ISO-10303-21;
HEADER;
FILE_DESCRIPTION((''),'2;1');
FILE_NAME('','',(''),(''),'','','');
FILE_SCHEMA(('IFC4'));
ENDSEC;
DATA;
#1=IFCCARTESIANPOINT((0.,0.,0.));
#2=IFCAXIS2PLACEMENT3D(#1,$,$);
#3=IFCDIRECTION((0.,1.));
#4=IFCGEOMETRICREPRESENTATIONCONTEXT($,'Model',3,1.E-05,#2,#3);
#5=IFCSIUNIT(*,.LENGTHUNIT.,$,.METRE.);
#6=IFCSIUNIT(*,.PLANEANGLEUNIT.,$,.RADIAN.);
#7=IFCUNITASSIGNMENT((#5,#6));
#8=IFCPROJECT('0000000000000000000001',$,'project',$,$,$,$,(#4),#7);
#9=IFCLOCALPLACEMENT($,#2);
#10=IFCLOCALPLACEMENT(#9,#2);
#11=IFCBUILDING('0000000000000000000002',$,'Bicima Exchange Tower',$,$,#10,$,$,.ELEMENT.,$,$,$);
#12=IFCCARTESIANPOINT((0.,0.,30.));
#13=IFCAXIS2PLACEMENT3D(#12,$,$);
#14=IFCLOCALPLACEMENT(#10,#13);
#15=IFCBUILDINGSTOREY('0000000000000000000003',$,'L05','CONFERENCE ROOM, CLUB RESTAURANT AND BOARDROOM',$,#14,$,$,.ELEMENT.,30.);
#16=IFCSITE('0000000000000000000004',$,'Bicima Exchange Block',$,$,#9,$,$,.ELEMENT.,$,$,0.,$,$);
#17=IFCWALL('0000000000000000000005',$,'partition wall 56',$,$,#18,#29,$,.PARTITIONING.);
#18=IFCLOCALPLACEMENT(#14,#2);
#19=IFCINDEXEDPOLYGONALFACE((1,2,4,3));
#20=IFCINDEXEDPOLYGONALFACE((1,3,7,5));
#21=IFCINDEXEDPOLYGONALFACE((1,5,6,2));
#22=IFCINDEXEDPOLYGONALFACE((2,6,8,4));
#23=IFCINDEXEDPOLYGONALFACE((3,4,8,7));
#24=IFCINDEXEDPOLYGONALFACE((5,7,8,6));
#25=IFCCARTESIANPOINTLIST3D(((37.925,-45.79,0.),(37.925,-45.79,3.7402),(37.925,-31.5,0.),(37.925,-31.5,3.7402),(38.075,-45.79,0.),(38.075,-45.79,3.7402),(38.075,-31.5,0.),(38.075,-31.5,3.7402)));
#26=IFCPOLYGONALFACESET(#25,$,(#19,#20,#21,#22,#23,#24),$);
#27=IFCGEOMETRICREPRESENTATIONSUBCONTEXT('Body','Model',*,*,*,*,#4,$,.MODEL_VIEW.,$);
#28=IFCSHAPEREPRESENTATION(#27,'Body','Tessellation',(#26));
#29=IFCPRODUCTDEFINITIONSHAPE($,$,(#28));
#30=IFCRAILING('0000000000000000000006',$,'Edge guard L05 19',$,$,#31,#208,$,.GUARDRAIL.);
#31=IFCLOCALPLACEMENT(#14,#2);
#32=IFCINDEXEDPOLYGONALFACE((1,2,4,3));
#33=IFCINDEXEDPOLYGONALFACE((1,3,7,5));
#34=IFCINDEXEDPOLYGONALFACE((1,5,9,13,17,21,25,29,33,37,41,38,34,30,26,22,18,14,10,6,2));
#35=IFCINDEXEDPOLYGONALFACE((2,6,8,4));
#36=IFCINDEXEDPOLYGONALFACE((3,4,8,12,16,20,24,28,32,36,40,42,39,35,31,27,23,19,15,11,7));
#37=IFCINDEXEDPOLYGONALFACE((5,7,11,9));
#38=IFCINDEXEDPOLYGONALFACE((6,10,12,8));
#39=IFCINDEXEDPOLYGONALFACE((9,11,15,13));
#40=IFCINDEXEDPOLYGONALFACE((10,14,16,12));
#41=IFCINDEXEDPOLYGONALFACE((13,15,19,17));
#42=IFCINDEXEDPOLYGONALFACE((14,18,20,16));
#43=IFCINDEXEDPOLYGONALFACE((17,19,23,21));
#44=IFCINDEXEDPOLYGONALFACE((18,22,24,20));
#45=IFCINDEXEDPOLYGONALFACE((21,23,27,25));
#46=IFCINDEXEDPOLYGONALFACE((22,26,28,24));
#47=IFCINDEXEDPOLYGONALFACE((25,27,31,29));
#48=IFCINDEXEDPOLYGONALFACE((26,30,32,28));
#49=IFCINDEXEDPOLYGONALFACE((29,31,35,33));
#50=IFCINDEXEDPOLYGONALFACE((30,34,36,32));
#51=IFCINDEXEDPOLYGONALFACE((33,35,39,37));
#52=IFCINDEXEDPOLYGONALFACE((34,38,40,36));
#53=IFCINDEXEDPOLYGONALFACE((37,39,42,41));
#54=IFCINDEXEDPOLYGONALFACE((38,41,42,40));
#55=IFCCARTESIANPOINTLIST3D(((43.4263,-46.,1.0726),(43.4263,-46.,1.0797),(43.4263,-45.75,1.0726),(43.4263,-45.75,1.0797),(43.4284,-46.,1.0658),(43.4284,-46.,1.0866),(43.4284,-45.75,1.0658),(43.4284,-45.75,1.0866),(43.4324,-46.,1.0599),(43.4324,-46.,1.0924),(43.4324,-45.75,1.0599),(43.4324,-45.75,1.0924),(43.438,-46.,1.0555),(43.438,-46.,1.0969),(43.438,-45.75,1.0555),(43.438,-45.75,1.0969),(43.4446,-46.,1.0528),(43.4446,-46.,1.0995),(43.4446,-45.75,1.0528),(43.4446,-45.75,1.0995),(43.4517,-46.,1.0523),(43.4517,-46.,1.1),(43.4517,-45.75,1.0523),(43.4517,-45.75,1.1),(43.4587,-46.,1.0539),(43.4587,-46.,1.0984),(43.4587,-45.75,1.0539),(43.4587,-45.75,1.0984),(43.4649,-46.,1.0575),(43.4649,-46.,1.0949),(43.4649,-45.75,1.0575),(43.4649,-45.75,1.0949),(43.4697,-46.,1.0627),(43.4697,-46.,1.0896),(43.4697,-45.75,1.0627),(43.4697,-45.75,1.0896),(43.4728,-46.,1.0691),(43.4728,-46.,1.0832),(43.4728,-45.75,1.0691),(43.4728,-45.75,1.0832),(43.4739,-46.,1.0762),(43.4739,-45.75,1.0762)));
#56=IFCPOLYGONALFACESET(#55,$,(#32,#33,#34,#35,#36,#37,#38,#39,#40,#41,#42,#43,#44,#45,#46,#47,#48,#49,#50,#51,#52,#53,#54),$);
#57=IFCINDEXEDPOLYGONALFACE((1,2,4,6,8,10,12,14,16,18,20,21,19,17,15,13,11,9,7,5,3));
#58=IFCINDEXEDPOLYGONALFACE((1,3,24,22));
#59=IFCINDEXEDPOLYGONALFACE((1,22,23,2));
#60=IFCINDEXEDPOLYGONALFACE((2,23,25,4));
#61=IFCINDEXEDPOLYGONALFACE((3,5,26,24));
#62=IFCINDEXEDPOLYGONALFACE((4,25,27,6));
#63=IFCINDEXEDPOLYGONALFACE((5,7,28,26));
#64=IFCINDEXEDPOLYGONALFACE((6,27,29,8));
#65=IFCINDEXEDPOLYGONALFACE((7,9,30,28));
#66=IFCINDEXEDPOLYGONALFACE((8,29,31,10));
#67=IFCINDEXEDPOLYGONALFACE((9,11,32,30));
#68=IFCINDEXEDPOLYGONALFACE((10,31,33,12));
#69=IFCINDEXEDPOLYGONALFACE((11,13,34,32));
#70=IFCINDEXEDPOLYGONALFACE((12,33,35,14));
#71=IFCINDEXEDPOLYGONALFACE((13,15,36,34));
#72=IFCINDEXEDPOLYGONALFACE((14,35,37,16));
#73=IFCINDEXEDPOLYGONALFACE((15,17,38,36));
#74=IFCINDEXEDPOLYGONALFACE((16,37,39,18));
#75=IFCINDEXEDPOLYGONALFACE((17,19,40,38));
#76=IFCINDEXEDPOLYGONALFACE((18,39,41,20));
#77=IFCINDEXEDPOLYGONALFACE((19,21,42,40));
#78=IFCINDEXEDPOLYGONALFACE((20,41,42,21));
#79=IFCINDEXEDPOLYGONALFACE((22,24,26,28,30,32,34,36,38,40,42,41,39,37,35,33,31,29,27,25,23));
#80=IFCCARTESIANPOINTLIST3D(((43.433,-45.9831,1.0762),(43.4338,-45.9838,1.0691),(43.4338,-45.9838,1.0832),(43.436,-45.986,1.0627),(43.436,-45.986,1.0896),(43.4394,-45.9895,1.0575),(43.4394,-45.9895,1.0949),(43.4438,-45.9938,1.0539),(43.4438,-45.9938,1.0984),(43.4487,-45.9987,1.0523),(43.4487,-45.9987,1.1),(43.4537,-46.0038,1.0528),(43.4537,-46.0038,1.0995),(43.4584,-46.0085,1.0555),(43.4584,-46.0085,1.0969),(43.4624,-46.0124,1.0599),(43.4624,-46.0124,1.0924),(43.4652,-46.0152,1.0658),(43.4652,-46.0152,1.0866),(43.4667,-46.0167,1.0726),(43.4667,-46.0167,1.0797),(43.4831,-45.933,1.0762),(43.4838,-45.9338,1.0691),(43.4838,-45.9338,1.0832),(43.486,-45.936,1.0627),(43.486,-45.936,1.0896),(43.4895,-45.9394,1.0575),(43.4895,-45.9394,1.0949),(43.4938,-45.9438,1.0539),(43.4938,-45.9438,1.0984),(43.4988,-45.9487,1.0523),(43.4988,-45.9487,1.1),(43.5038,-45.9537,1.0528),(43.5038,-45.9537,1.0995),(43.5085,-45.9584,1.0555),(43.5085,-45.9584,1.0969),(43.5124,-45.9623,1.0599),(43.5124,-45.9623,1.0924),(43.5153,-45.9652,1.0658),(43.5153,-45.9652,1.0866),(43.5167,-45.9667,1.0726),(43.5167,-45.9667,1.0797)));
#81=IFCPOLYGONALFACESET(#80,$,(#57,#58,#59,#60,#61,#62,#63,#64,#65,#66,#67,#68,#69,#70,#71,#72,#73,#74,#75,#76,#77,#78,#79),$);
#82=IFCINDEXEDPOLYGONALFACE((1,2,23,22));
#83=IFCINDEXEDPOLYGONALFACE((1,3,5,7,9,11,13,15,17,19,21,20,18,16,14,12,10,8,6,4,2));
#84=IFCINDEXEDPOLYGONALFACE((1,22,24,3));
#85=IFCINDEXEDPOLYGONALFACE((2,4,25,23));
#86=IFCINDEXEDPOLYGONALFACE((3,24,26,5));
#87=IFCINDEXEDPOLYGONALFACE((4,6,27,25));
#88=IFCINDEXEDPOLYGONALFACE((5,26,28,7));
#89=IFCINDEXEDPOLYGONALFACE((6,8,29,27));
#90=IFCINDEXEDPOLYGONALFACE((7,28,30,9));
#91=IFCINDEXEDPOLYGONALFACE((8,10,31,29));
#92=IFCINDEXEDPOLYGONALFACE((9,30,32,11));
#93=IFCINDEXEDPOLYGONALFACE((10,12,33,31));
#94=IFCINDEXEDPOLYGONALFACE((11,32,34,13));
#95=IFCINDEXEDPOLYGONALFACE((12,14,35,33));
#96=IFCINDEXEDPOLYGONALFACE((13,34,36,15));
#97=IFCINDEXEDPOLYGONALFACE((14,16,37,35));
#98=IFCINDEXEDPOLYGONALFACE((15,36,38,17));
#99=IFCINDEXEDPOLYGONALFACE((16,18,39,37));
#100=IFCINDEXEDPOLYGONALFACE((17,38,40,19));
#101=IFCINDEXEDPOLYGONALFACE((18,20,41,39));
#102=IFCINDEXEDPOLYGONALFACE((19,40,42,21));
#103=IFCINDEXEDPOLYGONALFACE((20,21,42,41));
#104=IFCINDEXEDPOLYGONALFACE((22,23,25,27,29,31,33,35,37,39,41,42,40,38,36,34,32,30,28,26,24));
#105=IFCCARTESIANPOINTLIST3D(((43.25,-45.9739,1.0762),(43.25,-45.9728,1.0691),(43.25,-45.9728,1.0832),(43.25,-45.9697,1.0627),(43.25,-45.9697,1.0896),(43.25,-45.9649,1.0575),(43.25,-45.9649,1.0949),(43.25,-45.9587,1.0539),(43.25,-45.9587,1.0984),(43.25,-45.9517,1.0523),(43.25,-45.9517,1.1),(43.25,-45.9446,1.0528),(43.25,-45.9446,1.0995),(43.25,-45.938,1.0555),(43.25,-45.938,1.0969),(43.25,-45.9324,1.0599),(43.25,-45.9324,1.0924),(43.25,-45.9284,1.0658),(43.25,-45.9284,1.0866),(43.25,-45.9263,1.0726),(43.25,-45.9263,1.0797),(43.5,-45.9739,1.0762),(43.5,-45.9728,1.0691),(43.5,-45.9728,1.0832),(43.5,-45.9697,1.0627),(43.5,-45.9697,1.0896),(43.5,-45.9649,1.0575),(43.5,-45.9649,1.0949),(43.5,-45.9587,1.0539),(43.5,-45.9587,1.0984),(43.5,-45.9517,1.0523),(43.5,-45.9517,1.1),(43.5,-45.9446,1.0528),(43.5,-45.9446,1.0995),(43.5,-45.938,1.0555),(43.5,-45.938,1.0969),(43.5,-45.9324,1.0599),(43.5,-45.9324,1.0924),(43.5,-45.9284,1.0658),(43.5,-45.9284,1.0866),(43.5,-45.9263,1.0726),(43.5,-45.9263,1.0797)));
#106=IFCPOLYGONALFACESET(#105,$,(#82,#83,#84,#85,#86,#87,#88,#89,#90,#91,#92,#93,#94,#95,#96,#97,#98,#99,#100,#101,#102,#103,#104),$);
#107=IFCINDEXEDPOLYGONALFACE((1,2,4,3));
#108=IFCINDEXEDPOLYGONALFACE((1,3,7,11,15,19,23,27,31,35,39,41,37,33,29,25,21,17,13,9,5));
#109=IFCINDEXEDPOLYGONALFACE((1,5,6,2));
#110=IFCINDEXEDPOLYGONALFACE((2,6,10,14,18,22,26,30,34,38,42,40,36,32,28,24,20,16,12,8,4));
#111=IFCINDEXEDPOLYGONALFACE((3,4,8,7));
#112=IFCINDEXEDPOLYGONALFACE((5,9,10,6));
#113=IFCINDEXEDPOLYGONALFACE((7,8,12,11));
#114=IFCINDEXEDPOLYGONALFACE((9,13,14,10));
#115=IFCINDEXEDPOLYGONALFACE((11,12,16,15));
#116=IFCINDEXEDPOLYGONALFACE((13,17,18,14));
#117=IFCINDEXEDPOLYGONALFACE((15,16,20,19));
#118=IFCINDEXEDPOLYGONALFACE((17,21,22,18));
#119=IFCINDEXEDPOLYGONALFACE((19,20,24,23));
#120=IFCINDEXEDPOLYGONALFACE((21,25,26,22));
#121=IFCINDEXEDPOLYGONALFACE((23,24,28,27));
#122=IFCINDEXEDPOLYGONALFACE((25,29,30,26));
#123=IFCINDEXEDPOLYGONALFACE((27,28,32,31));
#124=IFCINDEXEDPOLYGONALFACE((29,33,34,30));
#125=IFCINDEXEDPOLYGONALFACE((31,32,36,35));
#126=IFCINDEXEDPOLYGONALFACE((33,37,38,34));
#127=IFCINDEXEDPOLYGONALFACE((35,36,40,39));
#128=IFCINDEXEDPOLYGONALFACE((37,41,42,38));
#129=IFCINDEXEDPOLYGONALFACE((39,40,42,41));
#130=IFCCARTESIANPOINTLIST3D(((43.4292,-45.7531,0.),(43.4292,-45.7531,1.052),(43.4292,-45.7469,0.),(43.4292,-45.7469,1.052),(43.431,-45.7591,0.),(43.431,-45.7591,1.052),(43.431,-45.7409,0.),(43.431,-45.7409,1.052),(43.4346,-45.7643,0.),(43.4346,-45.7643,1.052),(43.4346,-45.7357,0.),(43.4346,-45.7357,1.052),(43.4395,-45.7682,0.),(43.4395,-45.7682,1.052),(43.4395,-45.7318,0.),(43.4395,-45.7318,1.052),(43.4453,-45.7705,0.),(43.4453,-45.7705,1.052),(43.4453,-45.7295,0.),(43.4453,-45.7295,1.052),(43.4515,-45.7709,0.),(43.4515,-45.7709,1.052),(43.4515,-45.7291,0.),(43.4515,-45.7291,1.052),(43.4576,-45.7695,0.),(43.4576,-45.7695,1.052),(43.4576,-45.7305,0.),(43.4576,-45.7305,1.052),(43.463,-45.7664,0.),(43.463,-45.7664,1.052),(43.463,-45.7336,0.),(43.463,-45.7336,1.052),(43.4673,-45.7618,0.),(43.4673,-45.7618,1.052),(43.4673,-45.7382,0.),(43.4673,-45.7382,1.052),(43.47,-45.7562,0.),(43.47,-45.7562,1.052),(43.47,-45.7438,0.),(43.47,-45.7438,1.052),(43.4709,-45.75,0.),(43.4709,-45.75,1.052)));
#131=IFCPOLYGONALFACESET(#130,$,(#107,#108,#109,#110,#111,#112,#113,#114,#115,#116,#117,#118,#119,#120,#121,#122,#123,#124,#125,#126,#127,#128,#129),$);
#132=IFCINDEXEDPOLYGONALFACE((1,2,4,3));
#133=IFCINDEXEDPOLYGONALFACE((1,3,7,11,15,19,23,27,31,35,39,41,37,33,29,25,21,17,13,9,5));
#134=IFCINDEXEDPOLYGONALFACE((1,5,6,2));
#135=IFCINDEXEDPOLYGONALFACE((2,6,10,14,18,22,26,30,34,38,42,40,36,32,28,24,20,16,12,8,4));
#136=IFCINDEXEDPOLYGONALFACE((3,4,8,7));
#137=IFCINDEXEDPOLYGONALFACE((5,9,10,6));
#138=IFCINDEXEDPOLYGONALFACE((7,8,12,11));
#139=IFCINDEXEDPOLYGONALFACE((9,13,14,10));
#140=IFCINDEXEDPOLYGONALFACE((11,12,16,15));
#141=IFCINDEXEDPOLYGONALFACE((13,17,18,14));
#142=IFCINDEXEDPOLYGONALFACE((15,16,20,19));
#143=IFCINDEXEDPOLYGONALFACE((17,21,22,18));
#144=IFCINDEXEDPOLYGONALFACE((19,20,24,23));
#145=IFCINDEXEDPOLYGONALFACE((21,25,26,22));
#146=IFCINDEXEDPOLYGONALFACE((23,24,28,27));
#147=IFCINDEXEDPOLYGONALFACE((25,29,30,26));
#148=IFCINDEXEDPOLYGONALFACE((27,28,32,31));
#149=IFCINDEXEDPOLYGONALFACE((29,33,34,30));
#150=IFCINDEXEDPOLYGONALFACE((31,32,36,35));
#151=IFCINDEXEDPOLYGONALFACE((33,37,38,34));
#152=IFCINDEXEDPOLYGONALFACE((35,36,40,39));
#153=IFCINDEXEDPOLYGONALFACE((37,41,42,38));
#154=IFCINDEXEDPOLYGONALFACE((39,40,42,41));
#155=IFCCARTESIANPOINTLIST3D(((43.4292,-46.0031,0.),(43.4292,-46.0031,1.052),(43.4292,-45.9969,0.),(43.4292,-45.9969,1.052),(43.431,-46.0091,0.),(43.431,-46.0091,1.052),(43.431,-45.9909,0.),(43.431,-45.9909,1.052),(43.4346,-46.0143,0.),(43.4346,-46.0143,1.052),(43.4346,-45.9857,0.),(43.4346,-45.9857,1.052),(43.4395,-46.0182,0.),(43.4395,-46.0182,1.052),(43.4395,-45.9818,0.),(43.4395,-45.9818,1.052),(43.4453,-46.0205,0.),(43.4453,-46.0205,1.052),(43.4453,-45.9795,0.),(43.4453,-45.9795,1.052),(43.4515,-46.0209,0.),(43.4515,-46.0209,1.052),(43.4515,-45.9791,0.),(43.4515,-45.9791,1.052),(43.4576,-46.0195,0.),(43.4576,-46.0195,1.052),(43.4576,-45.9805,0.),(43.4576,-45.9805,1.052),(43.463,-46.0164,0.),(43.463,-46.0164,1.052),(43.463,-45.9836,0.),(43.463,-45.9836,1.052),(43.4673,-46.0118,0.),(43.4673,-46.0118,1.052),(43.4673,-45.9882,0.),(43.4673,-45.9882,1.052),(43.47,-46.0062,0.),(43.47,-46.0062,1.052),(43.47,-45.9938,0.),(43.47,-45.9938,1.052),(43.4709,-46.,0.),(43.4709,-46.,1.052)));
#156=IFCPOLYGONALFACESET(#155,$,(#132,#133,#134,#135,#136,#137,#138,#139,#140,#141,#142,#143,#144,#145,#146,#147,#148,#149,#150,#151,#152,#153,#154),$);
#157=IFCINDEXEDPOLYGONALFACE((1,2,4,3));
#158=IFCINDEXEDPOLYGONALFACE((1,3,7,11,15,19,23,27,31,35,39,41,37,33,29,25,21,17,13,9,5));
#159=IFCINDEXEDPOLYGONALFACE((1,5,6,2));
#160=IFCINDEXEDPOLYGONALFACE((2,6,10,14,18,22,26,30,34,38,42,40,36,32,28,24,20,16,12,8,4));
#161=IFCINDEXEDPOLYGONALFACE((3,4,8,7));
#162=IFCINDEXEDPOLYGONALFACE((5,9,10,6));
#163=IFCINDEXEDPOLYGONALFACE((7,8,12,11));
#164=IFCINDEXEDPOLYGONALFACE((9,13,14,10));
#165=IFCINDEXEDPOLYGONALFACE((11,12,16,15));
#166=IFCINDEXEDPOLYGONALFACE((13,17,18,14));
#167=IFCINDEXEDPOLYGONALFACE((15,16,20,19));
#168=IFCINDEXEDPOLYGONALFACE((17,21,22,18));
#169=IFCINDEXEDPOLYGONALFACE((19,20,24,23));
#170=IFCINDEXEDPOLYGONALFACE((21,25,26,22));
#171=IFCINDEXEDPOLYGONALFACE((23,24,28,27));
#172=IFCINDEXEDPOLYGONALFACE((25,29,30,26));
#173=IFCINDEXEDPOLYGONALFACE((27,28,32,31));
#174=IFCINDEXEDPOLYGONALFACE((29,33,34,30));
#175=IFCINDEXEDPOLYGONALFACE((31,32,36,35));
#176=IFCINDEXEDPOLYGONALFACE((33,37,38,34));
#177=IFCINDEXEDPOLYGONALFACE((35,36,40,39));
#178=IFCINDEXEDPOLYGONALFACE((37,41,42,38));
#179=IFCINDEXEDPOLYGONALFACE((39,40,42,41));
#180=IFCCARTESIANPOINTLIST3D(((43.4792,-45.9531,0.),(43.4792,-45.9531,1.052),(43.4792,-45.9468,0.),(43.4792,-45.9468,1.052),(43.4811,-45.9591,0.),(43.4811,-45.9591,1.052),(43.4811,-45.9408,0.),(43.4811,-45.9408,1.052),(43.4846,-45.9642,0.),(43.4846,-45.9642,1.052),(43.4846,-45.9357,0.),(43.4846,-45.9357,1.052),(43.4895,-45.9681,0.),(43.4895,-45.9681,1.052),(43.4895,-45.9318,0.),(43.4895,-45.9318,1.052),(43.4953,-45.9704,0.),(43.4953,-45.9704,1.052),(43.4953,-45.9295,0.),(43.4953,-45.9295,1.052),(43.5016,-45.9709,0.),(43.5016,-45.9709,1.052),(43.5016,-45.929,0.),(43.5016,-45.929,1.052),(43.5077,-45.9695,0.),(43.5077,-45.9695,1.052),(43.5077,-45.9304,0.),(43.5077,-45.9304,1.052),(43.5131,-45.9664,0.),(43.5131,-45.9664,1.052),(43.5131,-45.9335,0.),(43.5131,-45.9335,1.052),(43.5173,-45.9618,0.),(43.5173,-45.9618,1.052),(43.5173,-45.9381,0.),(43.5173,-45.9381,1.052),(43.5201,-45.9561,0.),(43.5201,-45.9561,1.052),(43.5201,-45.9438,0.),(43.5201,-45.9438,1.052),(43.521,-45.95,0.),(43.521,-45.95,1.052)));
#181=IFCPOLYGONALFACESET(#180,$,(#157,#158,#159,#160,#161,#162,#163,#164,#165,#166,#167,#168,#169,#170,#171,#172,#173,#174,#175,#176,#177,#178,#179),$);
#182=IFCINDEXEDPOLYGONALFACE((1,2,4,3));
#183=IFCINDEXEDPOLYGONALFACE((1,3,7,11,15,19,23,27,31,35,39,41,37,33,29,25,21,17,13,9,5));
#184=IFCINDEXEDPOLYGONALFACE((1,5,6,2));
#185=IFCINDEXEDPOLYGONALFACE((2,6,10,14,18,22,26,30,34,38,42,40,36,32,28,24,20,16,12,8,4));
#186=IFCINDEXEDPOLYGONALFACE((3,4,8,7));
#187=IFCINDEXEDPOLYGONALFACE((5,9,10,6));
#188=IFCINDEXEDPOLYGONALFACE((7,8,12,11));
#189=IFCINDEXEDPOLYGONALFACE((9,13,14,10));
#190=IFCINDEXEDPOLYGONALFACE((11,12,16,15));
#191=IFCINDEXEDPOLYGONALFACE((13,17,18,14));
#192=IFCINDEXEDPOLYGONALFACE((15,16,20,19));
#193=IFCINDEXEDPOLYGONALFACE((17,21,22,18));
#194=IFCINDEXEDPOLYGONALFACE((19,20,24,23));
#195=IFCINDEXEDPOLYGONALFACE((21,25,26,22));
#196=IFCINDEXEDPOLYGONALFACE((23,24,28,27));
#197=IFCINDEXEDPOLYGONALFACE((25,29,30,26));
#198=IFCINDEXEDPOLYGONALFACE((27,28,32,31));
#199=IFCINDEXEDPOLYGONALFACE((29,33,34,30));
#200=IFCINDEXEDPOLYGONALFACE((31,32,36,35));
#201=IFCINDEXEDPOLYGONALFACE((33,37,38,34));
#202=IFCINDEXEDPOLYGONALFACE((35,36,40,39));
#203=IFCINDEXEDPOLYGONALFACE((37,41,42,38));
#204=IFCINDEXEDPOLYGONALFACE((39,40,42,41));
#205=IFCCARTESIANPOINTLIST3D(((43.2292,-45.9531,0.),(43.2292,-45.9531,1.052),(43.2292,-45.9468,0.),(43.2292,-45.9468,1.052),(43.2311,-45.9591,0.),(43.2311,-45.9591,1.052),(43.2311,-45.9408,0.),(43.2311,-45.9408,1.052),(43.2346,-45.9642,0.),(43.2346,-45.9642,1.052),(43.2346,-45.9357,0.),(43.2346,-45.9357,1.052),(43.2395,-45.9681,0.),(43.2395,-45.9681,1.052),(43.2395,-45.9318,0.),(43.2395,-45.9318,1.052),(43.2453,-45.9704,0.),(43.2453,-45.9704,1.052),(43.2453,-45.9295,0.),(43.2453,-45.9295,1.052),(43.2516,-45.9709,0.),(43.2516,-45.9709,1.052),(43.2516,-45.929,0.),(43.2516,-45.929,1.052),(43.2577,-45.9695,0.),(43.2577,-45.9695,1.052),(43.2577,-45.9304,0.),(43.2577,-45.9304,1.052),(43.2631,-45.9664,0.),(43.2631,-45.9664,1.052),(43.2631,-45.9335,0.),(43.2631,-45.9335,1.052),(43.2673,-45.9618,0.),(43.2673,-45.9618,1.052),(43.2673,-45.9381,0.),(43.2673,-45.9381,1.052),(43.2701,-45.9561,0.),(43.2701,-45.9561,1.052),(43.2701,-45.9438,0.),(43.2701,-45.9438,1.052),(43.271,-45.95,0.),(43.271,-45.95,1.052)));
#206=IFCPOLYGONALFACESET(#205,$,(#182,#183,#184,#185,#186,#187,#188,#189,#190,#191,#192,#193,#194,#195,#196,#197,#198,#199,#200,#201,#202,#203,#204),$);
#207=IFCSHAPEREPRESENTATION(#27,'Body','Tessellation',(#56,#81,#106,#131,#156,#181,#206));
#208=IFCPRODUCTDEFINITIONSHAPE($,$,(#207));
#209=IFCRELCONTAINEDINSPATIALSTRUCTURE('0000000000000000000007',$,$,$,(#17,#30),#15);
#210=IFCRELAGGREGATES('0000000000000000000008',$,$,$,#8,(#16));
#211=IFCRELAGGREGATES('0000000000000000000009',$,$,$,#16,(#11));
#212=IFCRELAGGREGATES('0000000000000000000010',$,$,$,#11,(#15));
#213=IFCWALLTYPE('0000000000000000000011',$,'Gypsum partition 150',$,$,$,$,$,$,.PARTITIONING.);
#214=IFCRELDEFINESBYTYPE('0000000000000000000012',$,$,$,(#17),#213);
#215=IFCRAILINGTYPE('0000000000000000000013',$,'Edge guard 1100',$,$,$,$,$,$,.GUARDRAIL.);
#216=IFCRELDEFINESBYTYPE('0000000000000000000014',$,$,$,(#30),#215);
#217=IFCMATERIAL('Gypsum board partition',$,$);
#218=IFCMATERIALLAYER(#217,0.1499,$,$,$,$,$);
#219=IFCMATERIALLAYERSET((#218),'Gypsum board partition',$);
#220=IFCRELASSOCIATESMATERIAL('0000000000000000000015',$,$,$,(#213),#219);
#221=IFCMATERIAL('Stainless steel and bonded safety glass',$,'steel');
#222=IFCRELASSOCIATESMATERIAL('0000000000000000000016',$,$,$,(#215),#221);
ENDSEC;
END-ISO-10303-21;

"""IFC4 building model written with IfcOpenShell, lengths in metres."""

from ifc_helpers import new_model, si_unit, direction, frame, frame_2d, origin, origin_2d, place, context, subcontext, project, spatial, rectangle, circle, extrude, material, layer, layer_set, type_object, element, save


model = new_model("IFC4")

# Units and contexts
model_context = context("Model", 3, precision=1e-05, world=origin(), true_north=direction((0.0, 1.0)))
body_context = subcontext(model_context, "Body", "Model", "MODEL_VIEW")
ifc_project = project(units=[si_unit("LENGTHUNIT", "METRE"), si_unit("PLANEANGLEUNIT", "RADIAN")], contexts=[model_context])

# Site, building, storey
site_placement = place(None, origin())
site = spatial("IfcSite", under=ifc_project, at=site_placement, Name="Bicima Exchange Block", CompositionType="ELEMENT", RefElevation=0.0)
building_placement = place(site_placement, origin())
building = spatial("IfcBuilding", under=site, at=building_placement, Name="Bicima Exchange Tower", CompositionType="ELEMENT")
storey_placement = place(building_placement, frame((0.0, 0.0, 30.0)))
storey = spatial("IfcBuildingStorey", under=building, at=storey_placement, Name="L05", Description="CONFERENCE ROOM, CLUB RESTAURANT AND BOARDROOM", CompositionType="ELEMENT", Elevation=30.0)

# Wall
ifc_material_1 = material(Name="Gypsum board partition")
ifc_layer_1 = layer(ifc_material_1, 0.1499)
ifc_layer_set_1 = layer_set([ifc_layer_1], Name="Gypsum board partition")
wall_type = type_object("IfcWallType", Name="Gypsum partition 150", PredefinedType="PARTITIONING", material=ifc_layer_set_1)
for number, where, z_axis, x_axis, name in (
    (1, (38.0, -45.79, 0.0), (0.0, 0.0, 1.0), (0.0, 1.0, 0.0), "partition wall 56"),
):
    element("IfcWall", number, at=place(storey_placement, frame(where, z_axis=z_axis, x_axis=x_axis)), inside=storey, type_object=wall_type, Name=name, PredefinedType="PARTITIONING", context=body_context, shape_type="SweptSolid", body=[
        extrude(rectangle(XDim=14.29, YDim=0.1499, at=frame_2d((7.145, 0.0))), origin(), (0.0, 0.0, 1.0), 3.7402),
    ])

# Railing
ifc_material_2 = material(Name="Stainless steel and bonded safety glass", Category="steel")
railing_type = type_object("IfcRailingType", Name="Edge guard 1100", PredefinedType="GUARDRAIL", material=ifc_material_2)
railing_placement = place(storey_placement, frame((43.45, -45.75, 0.0)))
element("IfcRailing", 2, at=railing_placement, inside=storey, type_object=railing_type, Name="Edge guard L05 19", PredefinedType="GUARDRAIL", context=body_context, shape_type="SweptSolid", body=[
    extrude(circle(Radius=0.0239, at=origin_2d()), frame((0.0, 0.0, 1.0762), z_axis=(0.0, -1.0, 0.0), x_axis=(1.0, 0.0, 0.0)), (0.0, 0.0, 1.0), 0.25),
    extrude(circle(Radius=0.0239, at=origin_2d()), frame((0.0, -0.25, 1.0762), z_axis=(0.707107, 0.707107, 0.0), x_axis=(-0.707107, 0.707107, 0.0)), (0.0, 0.0, 1.0), 0.0708),
    extrude(circle(Radius=0.0239, at=origin_2d()), frame((0.05, -0.2, 1.0762), z_axis=(-1.0, 0.0, 0.0), x_axis=(0.0, -1.0, 0.0)), (0.0, 0.0, 1.0), 0.25),
    extrude(circle(Radius=0.021, at=origin_2d()), origin(), (0.0, 0.0, 1.0), 1.052),
    extrude(circle(Radius=0.021, at=origin_2d()), frame((0.0, -0.25, 0.0)), (0.0, 0.0, 1.0), 1.052),
    extrude(circle(Radius=0.021, at=origin_2d()), frame((0.05, -0.2, 0.0)), (0.0, 0.0, 1.0), 1.052),
    extrude(circle(Radius=0.021, at=origin_2d()), frame((-0.2, -0.2, 0.0)), (0.0, 0.0, 1.0), 1.052),
])

save(model, "model.ifc")
